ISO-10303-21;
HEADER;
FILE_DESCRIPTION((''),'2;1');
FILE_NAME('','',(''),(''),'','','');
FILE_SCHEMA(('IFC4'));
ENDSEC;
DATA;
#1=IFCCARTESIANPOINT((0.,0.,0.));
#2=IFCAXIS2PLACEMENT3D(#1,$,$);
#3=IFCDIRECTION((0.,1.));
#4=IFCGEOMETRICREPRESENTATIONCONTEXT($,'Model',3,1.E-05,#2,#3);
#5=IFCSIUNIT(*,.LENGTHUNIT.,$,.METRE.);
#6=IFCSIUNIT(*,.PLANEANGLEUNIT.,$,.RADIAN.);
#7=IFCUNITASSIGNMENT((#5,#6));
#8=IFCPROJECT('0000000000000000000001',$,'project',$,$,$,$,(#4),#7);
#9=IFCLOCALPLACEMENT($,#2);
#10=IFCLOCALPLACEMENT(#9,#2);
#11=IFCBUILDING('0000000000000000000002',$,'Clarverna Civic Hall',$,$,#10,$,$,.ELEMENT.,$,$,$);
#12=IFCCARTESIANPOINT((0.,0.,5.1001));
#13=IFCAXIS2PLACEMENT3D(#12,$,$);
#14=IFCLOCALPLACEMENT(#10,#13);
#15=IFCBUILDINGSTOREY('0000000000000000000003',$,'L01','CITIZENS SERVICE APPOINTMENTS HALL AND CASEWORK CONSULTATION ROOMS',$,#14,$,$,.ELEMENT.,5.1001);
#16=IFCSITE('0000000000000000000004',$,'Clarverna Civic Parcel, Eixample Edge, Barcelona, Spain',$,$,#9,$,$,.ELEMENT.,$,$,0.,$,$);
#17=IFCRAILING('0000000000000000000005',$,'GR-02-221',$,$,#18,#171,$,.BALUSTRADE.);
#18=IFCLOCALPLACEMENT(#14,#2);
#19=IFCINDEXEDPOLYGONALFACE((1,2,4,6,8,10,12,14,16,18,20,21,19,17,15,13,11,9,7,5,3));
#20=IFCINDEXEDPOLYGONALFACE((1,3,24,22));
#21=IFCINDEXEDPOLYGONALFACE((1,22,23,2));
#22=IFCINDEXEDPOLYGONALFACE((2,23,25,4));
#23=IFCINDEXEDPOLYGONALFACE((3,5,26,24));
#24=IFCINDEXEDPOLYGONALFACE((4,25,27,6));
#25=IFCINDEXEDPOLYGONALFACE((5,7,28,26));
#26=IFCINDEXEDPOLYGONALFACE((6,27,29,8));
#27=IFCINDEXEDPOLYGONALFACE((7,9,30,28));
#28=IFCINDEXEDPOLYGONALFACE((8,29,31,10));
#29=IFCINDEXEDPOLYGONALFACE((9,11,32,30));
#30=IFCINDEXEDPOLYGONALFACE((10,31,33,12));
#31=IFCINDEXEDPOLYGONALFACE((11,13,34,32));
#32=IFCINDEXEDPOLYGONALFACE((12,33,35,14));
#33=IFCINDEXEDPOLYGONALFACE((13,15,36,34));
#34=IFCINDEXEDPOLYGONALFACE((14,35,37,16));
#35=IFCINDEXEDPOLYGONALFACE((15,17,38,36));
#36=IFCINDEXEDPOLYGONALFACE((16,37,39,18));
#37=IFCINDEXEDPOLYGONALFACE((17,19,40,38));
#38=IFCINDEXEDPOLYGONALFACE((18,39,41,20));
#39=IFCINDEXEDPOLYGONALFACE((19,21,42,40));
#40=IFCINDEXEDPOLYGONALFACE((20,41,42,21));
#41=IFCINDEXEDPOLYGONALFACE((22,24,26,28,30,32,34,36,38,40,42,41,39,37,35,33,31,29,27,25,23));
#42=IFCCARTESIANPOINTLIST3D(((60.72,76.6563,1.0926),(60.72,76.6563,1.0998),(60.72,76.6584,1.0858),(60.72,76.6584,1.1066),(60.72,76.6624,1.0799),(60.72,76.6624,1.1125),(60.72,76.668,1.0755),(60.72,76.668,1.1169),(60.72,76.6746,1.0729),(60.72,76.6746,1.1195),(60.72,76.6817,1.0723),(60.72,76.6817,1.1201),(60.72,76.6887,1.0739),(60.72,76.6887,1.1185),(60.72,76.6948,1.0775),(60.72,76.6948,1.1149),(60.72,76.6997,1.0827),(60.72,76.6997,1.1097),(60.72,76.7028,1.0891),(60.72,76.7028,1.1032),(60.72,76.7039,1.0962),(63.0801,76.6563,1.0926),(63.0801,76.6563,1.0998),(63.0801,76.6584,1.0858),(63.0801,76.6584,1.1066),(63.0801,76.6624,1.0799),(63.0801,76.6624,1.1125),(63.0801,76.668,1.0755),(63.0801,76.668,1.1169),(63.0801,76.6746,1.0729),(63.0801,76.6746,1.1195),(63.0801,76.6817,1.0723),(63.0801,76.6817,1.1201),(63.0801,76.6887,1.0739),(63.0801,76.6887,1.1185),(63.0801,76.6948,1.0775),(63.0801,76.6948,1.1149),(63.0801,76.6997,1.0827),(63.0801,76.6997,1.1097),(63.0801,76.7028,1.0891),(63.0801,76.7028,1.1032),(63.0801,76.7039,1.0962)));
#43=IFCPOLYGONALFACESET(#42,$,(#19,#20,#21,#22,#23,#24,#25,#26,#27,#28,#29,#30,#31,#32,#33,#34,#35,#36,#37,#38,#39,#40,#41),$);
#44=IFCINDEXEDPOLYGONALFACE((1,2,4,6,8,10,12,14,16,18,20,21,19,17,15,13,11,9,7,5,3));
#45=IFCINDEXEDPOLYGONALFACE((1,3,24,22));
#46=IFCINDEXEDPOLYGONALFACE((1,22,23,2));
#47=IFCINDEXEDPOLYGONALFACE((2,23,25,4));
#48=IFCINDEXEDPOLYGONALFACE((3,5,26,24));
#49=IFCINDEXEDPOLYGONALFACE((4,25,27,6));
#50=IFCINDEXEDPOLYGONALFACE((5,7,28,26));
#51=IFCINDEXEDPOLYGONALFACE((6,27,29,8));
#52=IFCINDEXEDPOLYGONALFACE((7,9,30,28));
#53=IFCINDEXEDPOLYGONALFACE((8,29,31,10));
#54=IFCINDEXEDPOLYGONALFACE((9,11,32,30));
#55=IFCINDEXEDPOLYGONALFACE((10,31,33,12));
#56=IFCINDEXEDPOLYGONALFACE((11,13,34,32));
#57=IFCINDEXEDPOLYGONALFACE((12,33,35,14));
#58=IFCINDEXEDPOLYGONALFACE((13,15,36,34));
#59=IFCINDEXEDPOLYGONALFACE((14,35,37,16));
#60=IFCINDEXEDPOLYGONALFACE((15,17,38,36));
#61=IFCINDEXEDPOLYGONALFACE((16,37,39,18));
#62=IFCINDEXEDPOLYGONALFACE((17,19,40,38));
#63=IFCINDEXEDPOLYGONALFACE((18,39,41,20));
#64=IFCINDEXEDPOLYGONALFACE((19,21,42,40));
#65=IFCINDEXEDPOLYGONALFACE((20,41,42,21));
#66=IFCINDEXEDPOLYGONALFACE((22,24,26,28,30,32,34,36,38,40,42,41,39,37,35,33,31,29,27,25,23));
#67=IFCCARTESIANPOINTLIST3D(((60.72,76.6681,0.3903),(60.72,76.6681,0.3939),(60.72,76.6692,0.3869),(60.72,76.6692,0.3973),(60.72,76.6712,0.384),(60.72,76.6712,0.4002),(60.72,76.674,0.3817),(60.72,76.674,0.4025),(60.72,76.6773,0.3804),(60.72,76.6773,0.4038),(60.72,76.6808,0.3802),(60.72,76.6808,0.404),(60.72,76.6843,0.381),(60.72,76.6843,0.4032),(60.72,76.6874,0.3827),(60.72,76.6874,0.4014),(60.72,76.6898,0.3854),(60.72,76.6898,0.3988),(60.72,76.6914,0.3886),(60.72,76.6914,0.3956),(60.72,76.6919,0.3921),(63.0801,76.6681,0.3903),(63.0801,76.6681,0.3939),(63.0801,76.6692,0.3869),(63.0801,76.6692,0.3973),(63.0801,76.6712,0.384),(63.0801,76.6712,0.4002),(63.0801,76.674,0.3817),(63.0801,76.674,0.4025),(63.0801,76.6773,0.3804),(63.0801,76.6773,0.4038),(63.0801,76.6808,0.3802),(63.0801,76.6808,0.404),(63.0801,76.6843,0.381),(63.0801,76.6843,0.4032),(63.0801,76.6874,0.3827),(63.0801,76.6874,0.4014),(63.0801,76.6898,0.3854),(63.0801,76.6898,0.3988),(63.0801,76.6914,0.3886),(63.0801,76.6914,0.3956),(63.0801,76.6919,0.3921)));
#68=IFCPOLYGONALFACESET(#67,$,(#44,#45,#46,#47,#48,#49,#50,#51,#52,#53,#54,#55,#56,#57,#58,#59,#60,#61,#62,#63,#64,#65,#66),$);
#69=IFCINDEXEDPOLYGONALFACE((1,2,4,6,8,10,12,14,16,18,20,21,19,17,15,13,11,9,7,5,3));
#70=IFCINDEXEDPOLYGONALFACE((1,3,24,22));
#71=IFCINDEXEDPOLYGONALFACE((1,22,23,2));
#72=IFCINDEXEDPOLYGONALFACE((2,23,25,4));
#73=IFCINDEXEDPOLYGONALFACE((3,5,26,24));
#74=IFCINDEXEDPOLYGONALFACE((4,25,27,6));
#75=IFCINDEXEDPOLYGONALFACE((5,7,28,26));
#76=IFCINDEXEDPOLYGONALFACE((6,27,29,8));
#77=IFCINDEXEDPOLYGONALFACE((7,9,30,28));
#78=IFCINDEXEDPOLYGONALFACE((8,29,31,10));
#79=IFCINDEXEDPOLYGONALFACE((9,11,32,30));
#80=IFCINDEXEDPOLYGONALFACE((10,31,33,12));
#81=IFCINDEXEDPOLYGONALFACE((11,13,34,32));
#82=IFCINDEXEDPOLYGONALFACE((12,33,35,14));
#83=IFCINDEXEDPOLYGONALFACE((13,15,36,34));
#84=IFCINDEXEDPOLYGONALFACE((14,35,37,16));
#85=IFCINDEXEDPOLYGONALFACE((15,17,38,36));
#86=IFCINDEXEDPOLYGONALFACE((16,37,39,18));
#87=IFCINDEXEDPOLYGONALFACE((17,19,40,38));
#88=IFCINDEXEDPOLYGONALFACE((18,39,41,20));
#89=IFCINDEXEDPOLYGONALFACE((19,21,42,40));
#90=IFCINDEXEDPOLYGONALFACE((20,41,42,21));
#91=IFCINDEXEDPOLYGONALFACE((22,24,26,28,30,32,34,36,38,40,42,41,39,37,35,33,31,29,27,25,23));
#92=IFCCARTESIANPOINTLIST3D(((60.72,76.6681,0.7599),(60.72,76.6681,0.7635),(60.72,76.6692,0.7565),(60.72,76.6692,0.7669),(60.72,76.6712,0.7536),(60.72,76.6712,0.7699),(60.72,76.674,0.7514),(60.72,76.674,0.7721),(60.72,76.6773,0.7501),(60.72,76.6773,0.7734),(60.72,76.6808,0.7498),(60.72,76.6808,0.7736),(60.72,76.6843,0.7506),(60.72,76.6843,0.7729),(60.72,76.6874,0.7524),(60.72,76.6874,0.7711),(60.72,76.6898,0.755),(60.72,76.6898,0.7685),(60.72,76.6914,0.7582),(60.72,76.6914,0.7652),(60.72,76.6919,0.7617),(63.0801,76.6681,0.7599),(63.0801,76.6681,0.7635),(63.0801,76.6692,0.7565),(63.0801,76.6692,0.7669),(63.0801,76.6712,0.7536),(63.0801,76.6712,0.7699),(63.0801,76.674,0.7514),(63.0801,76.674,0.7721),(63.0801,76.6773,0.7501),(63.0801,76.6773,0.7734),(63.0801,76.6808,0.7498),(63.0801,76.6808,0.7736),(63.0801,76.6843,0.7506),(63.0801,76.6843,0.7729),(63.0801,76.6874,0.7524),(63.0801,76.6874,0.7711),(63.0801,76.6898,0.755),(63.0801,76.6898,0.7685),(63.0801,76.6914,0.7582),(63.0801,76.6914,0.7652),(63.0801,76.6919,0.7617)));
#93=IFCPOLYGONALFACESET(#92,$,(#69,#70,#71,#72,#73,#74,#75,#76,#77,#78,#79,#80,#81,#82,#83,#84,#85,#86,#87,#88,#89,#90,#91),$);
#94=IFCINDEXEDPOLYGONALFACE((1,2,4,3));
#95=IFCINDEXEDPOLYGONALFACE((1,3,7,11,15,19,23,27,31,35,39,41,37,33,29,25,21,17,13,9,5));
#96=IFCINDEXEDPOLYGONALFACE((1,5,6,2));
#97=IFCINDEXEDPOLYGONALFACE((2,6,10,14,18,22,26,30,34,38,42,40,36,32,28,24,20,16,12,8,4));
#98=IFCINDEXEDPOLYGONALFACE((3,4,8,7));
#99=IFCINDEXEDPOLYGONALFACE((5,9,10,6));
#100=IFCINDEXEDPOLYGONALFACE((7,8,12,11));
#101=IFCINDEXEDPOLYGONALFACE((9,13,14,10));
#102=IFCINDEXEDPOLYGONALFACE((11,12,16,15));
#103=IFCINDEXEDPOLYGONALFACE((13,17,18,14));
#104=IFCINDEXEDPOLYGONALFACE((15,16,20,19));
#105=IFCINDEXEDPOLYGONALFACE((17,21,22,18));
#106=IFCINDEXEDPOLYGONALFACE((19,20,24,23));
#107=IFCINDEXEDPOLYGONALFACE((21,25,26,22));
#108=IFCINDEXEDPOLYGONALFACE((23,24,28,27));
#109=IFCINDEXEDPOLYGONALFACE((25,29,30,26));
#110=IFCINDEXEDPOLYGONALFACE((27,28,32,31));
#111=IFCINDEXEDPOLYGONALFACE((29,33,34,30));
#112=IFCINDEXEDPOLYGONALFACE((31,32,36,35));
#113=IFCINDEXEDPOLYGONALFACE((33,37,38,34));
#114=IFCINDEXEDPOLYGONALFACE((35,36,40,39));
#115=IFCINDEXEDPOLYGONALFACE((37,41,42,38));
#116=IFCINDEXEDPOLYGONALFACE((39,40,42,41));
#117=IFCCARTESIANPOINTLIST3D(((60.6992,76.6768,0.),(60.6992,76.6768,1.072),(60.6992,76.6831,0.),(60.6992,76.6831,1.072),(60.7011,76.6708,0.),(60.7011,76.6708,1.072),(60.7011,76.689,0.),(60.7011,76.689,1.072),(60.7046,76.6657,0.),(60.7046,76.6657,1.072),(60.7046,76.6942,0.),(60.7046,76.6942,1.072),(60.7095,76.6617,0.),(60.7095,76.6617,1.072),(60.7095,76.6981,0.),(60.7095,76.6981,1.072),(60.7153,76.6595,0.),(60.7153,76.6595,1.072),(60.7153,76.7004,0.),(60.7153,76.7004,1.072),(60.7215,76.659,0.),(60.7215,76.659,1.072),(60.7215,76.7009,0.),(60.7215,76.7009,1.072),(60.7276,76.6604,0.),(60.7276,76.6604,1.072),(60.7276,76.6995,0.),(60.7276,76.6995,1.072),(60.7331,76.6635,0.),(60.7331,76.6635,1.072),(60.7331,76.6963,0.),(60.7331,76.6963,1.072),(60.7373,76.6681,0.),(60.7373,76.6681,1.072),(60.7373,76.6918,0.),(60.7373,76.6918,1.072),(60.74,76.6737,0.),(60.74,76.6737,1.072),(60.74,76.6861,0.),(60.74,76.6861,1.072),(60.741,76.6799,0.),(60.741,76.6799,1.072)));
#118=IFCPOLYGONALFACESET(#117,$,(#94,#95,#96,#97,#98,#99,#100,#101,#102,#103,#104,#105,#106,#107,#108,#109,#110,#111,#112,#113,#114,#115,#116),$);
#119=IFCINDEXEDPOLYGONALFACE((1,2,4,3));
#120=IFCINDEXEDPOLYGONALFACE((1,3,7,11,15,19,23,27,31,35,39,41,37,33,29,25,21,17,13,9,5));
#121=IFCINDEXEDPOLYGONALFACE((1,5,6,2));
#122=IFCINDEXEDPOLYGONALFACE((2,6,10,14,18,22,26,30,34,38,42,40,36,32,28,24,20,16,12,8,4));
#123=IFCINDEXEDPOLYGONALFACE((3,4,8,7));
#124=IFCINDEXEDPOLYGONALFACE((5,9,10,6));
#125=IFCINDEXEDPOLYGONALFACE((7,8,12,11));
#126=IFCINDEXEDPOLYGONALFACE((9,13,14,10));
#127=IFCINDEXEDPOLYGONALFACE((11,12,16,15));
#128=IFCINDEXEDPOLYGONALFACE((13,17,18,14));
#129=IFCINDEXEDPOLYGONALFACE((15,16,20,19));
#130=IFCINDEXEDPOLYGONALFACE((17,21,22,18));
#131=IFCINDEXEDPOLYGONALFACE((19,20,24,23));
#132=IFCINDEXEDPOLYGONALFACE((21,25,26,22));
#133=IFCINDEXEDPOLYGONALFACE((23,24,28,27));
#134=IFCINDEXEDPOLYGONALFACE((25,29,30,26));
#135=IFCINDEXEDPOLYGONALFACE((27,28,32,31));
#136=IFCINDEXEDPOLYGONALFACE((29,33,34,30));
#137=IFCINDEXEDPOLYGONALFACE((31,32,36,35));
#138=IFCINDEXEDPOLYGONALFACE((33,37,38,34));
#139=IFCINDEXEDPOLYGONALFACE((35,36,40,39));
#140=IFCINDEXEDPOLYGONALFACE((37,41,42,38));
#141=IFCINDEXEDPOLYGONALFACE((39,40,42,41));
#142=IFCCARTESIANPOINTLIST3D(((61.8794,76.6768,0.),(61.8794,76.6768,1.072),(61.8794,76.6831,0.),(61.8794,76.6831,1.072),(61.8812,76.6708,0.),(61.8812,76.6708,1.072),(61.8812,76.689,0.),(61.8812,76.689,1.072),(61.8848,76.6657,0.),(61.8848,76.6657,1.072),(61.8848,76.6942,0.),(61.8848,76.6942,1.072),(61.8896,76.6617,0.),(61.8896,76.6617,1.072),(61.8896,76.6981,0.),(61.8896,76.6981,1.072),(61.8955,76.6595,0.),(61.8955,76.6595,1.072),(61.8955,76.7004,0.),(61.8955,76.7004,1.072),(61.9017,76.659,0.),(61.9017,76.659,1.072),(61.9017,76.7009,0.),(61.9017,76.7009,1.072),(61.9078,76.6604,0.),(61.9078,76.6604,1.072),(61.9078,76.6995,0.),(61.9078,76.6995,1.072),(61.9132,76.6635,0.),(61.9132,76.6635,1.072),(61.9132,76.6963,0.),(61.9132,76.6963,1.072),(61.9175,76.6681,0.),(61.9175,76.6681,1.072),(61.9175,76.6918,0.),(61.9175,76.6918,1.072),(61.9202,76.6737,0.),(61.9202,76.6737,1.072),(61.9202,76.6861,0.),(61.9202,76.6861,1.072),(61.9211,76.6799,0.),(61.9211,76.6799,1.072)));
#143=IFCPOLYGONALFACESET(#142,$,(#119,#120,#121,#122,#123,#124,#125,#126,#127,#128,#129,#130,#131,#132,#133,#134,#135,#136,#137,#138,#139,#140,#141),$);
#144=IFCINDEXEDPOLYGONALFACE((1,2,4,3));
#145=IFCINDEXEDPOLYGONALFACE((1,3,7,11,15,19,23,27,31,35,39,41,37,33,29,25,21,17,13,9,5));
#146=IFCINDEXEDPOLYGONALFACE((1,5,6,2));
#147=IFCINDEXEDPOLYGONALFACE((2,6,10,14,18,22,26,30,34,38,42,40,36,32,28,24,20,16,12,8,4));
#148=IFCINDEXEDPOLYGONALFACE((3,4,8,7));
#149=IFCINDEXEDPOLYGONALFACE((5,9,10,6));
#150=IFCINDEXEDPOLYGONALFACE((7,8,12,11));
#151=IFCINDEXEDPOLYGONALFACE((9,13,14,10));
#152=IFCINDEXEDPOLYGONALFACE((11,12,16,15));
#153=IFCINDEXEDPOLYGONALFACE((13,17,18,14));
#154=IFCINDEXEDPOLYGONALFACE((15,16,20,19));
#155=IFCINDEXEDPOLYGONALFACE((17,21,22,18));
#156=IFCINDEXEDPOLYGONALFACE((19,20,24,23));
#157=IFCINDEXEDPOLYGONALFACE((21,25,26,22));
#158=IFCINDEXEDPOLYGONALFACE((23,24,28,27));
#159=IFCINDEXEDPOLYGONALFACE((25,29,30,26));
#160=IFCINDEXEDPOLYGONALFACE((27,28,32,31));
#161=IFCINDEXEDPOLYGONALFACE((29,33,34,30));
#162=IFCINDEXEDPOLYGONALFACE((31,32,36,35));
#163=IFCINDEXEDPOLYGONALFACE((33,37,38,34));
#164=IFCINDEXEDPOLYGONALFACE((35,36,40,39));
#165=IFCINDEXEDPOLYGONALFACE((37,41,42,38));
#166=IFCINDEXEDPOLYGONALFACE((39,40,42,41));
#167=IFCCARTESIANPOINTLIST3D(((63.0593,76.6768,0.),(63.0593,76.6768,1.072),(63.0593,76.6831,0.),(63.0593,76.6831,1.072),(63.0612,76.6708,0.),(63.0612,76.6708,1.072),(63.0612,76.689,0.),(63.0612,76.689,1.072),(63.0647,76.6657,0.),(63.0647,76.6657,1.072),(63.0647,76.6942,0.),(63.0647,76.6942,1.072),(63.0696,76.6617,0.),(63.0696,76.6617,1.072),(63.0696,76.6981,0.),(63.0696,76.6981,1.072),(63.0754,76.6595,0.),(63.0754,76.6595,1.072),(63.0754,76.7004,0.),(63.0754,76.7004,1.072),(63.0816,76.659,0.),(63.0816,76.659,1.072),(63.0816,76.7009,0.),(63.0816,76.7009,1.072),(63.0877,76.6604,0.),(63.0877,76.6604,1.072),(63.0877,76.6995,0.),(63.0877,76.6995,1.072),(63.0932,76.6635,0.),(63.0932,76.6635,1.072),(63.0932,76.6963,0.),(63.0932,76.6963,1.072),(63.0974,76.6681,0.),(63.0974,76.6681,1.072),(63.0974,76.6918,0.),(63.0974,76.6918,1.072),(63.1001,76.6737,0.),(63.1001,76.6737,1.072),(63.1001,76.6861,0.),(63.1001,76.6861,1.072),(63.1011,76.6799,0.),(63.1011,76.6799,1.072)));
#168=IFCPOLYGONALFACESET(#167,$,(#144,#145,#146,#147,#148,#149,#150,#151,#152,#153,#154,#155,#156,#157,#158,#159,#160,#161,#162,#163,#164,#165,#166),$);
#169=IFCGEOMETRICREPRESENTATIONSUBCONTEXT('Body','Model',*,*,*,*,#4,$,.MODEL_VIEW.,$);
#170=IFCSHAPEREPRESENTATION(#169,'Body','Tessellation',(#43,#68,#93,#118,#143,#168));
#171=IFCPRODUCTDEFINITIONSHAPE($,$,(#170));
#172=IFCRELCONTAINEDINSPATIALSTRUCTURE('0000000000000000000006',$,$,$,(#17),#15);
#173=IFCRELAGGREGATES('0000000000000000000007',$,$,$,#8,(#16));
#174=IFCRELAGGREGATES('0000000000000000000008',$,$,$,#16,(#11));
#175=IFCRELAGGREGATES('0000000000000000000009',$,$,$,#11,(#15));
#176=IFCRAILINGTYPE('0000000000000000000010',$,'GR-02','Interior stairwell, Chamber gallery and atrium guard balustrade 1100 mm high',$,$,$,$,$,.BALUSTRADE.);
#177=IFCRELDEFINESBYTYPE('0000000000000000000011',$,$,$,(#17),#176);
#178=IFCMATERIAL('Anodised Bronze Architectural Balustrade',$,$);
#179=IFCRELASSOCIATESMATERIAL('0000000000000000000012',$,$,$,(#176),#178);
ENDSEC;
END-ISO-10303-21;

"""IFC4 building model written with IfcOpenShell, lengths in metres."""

from ifc_helpers import new_model, si_unit, direction, frame, origin, origin_2d, place, context, subcontext, project, spatial, circle, extrude, material, type_object, element, save


model = new_model("IFC4")

# Units and contexts
model_context = context("Model", 3, precision=1e-05, world=origin(), true_north=direction((0.0, 1.0)))
body_context = subcontext(model_context, "Body", "Model", "MODEL_VIEW")
ifc_project = project(units=[si_unit("LENGTHUNIT", "METRE"), si_unit("PLANEANGLEUNIT", "RADIAN")], contexts=[model_context])

# Site, building, storey
site_placement = place(None, origin())
site = spatial("IfcSite", under=ifc_project, at=site_placement, Name="Clarverna Civic Parcel, Eixample Edge, Barcelona, Spain", CompositionType="ELEMENT", RefElevation=0.0)
building_placement = place(site_placement, origin())
building = spatial("IfcBuilding", under=site, at=building_placement, Name="Clarverna Civic Hall", CompositionType="ELEMENT")
storey_placement = place(building_placement, frame((0.0, 0.0, 5.1001)))
storey = spatial("IfcBuildingStorey", under=building, at=storey_placement, Name="L01", Description="CITIZENS SERVICE APPOINTMENTS HALL AND CASEWORK CONSULTATION ROOMS", CompositionType="ELEMENT", Elevation=5.1001)

# Railing
ifc_material_1 = material(Name="Anodised Bronze Architectural Balustrade")
railing_type = type_object("IfcRailingType", Name="GR-02", Description="Interior stairwell, Chamber gallery and atrium guard balustrade 1100 mm high", PredefinedType="BALUSTRADE", material=ifc_material_1)
railing_1_placement = place(storey_placement, frame((60.72, 76.6799, 0.0)))
element("IfcRailing", 1, at=railing_1_placement, inside=storey, type_object=railing_type, Name="GR-02-221", PredefinedType="BALUSTRADE", context=body_context, shape_type="SweptSolid", body=[
    extrude(circle(Radius=0.0239, at=origin_2d()), frame((0.0, 0.0, 1.0962), z_axis=(1.0, 0.0, 0.0), x_axis=(0.0, 1.0, 0.0)), (0.0, 0.0, 1.0), 2.3601),
    extrude(circle(Radius=0.012, at=origin_2d()), frame((0.0, 0.0, 0.3921), z_axis=(1.0, 0.0, 0.0), x_axis=(0.0, 1.0, 0.0)), (0.0, 0.0, 1.0), 2.3601),
    extrude(circle(Radius=0.012, at=origin_2d()), frame((0.0, 0.0, 0.7617), z_axis=(1.0, 0.0, 0.0), x_axis=(0.0, 1.0, 0.0)), (0.0, 0.0, 1.0), 2.3601),
    extrude(circle(Radius=0.021, at=origin_2d()), origin(), (0.0, 0.0, 1.0), 1.072),
    extrude(circle(Radius=0.021, at=origin_2d()), frame((1.1802, 0.0, 0.0)), (0.0, 0.0, 1.0), 1.072),
    extrude(circle(Radius=0.021, at=origin_2d()), frame((2.3601, 0.0, 0.0)), (0.0, 0.0, 1.0), 1.072),
])

save(model, "model.ifc")
